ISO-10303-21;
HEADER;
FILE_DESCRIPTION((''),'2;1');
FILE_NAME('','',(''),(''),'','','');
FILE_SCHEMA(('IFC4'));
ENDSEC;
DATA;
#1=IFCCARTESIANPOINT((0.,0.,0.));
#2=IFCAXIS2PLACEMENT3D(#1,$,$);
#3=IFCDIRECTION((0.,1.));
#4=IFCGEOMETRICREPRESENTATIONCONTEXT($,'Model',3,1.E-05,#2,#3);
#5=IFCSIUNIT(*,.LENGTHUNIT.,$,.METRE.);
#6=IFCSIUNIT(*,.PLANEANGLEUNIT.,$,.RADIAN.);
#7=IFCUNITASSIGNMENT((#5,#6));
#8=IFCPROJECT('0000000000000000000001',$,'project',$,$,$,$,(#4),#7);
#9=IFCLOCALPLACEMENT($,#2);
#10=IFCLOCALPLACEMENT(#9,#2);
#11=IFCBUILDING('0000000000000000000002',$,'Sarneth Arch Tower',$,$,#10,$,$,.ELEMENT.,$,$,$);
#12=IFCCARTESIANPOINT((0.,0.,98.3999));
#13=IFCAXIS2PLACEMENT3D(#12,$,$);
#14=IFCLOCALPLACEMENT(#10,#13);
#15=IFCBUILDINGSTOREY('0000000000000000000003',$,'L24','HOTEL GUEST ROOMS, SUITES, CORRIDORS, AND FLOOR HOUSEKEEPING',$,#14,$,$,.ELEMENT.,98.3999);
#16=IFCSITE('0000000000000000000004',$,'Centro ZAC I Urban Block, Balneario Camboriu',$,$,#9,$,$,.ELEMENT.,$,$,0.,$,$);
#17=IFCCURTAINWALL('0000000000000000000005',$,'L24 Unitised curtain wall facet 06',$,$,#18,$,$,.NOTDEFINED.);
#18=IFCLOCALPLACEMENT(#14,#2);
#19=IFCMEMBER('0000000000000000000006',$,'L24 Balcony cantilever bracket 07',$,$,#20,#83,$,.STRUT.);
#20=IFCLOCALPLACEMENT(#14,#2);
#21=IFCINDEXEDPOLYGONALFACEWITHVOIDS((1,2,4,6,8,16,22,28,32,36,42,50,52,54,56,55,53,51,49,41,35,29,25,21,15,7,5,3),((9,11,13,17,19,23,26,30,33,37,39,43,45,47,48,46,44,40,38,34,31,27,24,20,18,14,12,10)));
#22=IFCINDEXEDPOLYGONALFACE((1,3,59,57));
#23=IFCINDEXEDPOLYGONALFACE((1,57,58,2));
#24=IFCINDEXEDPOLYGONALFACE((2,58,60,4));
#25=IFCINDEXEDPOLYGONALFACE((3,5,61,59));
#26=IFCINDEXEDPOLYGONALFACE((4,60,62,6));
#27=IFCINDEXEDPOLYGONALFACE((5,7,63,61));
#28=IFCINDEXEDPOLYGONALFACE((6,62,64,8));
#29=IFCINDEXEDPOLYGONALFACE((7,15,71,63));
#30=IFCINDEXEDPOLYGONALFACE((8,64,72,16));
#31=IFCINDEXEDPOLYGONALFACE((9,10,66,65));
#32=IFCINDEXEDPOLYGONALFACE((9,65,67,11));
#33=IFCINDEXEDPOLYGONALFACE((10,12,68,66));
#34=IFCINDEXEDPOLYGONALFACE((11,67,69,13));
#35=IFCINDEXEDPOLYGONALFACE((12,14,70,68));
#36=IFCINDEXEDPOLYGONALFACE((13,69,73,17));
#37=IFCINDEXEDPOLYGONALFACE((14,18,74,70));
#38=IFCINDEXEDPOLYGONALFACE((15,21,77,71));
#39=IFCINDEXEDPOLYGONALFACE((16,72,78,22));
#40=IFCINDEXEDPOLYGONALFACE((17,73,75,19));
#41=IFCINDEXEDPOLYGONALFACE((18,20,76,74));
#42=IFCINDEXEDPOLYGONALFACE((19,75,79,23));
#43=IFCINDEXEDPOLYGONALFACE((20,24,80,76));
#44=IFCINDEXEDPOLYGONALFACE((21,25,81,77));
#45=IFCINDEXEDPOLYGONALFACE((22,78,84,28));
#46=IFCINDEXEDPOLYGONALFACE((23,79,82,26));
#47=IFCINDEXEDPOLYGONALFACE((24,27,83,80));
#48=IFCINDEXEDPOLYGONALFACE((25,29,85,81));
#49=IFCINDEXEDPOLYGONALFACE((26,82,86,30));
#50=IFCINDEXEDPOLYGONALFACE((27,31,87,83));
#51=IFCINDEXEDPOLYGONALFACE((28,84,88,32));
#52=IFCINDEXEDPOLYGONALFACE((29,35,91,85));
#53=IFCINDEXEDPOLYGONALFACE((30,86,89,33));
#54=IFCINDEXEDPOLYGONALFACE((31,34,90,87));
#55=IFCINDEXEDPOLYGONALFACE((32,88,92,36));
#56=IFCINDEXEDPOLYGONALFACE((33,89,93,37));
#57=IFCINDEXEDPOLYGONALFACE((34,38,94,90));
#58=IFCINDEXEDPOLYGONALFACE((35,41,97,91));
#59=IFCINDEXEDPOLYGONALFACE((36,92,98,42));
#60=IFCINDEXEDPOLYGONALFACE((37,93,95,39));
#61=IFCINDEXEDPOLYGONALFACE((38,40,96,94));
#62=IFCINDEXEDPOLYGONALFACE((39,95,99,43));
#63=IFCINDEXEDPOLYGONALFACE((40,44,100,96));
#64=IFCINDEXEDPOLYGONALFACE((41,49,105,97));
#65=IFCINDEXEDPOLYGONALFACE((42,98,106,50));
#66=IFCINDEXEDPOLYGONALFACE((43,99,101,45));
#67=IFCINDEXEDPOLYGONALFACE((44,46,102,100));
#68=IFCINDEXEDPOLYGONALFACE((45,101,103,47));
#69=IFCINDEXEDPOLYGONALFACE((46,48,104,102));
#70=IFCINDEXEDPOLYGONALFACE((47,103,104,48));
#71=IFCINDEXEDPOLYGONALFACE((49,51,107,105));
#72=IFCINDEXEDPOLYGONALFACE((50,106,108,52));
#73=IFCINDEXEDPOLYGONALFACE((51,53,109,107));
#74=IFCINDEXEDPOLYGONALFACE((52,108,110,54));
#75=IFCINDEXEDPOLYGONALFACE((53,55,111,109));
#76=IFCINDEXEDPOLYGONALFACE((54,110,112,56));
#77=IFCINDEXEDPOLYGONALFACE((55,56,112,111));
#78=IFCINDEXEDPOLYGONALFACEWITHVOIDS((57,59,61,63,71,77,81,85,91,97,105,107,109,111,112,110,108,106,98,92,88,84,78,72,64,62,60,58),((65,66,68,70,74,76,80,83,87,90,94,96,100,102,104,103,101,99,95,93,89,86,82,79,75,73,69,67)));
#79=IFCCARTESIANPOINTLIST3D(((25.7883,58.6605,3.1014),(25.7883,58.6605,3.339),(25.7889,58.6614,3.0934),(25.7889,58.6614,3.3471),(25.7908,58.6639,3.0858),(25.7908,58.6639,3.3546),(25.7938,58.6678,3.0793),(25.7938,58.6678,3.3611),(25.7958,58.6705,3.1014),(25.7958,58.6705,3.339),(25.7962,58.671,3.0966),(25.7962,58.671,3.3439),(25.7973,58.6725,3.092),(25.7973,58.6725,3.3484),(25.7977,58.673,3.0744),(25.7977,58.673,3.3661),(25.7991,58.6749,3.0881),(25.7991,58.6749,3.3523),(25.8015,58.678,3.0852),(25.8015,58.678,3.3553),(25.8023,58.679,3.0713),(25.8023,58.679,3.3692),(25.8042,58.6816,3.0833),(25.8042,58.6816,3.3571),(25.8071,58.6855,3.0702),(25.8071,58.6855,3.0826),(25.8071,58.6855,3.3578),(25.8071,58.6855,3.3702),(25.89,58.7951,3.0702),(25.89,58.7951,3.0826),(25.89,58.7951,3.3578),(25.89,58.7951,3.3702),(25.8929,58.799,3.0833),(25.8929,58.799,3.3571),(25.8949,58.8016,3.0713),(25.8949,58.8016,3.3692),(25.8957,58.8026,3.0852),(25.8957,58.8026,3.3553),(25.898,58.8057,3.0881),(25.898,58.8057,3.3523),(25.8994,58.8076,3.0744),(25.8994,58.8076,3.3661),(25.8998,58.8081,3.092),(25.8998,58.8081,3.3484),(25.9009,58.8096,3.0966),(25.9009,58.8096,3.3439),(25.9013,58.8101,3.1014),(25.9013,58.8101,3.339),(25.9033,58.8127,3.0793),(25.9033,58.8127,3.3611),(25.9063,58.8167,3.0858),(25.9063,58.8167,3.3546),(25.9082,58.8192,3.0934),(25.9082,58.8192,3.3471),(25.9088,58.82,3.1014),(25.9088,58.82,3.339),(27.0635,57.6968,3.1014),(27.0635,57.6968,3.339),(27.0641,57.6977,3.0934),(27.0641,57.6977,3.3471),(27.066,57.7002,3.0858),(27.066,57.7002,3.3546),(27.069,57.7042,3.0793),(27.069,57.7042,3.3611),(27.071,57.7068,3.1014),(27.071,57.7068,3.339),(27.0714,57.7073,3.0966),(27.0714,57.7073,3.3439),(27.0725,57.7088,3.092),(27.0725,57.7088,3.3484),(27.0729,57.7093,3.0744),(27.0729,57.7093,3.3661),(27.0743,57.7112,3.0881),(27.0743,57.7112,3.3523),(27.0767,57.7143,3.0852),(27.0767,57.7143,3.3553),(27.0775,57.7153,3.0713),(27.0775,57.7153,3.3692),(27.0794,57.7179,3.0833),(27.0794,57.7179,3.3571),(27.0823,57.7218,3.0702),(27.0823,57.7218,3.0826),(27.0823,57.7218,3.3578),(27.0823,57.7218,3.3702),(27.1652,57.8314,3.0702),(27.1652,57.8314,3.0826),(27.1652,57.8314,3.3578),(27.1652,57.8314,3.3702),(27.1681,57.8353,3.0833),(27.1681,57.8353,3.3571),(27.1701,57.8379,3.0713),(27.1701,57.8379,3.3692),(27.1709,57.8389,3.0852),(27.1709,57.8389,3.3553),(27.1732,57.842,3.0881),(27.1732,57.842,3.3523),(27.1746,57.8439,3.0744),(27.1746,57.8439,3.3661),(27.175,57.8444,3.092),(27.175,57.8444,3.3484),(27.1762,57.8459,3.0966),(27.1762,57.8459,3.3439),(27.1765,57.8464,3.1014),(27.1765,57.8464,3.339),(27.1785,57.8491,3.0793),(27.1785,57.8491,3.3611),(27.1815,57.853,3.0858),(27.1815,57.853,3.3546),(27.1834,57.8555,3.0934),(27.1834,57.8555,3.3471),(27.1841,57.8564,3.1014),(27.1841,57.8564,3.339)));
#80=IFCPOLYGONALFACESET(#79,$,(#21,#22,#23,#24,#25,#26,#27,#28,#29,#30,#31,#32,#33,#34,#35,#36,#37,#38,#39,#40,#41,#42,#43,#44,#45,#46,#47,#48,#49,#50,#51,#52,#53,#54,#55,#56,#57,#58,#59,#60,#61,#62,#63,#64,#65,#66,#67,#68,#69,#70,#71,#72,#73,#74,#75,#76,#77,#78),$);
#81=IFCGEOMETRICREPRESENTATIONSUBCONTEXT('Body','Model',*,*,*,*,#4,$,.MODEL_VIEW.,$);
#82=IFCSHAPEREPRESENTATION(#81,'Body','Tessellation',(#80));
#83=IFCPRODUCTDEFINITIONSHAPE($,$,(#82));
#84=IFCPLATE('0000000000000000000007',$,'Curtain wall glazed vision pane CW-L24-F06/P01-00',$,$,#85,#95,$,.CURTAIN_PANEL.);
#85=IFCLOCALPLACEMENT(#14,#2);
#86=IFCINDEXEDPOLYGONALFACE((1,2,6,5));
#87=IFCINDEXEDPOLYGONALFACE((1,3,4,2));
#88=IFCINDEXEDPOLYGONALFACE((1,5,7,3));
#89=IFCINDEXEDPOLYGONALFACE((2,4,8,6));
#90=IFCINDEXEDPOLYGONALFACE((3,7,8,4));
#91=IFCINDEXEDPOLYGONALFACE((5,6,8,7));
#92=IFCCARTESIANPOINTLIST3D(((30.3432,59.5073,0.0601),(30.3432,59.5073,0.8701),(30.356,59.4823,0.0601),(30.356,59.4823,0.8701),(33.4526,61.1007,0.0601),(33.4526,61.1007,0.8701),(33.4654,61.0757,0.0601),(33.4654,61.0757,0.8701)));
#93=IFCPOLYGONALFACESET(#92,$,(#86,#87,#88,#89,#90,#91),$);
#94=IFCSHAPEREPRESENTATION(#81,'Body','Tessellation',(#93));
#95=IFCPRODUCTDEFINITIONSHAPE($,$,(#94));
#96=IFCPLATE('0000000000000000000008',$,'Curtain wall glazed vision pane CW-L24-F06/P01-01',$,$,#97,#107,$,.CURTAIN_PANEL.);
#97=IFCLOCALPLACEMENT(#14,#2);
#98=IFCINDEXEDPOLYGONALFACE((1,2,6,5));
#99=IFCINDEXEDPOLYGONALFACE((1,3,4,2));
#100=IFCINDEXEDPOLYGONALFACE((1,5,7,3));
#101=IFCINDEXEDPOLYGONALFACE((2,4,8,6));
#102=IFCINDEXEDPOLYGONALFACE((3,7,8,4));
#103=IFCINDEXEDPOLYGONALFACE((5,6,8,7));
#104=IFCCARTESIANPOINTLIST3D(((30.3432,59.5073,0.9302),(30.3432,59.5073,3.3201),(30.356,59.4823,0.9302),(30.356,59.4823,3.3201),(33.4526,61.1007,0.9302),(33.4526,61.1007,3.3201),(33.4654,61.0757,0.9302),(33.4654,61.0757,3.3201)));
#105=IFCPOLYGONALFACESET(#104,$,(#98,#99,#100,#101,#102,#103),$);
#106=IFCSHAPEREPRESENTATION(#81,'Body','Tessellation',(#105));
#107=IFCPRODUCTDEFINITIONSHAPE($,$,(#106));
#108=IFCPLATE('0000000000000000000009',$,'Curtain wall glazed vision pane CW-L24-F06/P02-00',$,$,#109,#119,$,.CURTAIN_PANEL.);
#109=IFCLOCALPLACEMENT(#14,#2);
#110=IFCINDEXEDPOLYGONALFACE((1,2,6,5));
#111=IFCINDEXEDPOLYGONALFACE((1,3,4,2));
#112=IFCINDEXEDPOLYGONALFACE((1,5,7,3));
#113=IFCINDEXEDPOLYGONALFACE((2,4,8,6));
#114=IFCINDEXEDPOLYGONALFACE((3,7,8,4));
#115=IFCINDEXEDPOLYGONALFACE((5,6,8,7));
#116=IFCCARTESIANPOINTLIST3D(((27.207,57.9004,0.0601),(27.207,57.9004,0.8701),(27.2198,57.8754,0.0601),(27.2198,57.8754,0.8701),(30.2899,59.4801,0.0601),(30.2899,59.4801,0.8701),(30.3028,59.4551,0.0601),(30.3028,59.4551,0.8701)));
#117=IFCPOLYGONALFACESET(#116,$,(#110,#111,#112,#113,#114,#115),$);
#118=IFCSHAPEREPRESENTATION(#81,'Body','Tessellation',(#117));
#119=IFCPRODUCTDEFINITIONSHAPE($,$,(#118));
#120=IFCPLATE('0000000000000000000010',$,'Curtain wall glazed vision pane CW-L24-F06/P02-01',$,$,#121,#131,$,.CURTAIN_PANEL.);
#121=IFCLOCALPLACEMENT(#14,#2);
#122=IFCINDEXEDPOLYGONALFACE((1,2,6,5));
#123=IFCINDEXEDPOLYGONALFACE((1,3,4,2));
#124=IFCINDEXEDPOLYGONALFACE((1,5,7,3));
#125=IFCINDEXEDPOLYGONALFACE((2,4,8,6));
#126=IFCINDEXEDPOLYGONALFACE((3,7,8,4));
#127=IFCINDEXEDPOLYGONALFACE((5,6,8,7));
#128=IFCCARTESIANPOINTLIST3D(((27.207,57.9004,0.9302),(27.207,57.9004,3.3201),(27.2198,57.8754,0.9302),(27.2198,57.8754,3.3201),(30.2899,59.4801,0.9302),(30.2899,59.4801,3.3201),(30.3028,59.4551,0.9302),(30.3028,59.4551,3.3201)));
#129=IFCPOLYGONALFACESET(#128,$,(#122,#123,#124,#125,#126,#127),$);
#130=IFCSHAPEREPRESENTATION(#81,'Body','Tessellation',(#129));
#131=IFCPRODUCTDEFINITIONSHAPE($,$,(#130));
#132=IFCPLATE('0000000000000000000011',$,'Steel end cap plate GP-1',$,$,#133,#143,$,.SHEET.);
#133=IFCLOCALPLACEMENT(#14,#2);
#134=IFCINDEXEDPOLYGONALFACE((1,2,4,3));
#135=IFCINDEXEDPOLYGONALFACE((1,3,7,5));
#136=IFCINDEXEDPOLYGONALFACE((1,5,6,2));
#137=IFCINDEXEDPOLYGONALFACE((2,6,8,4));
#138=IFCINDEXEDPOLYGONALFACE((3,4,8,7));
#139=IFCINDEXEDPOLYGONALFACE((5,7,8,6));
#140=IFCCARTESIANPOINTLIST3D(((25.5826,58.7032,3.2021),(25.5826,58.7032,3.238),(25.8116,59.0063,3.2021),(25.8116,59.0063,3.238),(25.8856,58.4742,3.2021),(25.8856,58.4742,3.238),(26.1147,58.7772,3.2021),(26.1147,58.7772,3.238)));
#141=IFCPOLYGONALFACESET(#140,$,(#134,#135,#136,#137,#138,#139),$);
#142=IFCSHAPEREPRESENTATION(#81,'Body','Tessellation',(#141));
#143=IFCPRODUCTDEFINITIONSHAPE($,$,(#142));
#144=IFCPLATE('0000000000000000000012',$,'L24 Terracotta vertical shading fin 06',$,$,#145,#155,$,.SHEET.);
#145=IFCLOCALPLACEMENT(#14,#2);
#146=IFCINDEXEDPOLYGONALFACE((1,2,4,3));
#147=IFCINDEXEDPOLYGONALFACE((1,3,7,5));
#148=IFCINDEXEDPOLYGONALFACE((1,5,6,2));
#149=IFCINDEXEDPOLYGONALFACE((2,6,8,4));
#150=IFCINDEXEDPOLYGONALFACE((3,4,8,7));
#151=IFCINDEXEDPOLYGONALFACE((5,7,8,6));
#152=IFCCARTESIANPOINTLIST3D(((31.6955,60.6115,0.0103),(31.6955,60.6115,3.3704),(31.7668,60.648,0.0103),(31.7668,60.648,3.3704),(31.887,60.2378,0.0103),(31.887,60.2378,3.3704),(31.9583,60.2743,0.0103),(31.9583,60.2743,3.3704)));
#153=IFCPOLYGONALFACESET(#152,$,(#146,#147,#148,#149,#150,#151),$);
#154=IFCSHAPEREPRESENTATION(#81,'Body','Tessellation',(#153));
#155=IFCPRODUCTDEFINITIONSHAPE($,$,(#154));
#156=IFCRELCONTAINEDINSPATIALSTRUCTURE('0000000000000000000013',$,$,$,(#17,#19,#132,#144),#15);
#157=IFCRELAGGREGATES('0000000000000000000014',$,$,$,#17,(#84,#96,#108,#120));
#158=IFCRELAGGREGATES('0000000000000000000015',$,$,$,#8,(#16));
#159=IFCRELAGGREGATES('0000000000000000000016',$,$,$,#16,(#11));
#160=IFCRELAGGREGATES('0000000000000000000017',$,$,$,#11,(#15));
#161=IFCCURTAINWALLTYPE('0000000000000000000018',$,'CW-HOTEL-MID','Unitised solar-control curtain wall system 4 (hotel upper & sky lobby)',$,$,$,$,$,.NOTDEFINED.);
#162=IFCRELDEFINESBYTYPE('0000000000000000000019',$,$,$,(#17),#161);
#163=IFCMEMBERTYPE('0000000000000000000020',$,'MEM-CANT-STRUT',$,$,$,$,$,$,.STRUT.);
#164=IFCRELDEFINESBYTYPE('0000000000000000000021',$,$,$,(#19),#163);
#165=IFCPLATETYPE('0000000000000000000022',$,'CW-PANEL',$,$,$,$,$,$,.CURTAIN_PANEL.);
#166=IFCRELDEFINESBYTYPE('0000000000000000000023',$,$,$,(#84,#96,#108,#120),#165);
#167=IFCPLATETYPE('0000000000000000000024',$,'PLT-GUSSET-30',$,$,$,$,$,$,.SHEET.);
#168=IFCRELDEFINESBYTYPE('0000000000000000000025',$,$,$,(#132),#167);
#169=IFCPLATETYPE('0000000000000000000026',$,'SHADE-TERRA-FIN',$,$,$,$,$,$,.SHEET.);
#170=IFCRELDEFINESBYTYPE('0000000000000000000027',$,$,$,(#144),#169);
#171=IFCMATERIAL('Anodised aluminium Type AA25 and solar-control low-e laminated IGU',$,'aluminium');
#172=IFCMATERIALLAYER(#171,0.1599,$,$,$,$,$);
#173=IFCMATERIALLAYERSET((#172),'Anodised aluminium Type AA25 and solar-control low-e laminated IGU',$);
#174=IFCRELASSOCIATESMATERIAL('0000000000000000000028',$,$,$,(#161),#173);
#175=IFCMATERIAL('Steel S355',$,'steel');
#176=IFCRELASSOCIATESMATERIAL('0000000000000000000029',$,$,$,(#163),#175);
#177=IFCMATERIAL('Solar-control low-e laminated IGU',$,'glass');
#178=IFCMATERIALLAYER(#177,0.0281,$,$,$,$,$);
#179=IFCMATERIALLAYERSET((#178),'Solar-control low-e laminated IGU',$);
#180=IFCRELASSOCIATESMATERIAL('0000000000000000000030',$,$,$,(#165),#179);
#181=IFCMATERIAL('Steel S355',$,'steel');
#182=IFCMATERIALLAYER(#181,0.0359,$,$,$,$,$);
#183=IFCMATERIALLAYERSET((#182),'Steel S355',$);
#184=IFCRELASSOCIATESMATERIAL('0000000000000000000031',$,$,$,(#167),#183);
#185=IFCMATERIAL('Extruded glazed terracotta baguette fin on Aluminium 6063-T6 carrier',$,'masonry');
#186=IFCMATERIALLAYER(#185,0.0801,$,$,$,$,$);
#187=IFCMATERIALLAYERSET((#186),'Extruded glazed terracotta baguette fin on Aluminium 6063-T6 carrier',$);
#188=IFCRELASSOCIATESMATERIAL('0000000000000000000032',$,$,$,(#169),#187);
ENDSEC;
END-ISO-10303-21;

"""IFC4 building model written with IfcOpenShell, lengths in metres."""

from ifc_helpers import new_model, si_unit, direction, frame, origin, origin_2d, place, context, subcontext, project, spatial, rectangle, hollow_rectangle, extrude, material, layer, layer_set, material_profile, profile_set, type_object, element, aggregate, save


model = new_model("IFC4")

# Units and contexts
model_context = context("Model", 3, precision=1e-05, world=origin(), true_north=direction((0.0, 1.0)))
body_context = subcontext(model_context, "Body", "Model", "MODEL_VIEW")
ifc_project = project(units=[si_unit("LENGTHUNIT", "METRE"), si_unit("PLANEANGLEUNIT", "RADIAN")], contexts=[model_context])

# Site, building, storey
site_placement = place(None, origin())
site = spatial("IfcSite", under=ifc_project, at=site_placement, Name="Centro ZAC I Urban Block, Balneario Camboriu", CompositionType="ELEMENT", RefElevation=0.0)
building_placement = place(site_placement, origin())
building = spatial("IfcBuilding", under=site, at=building_placement, Name="Sarneth Arch Tower", CompositionType="ELEMENT")
storey_placement = place(building_placement, frame((0.0, 0.0, 98.3999)))
storey = spatial("IfcBuildingStorey", under=building, at=storey_placement, Name="L24", Description="HOTEL GUEST ROOMS, SUITES, CORRIDORS, AND FLOOR HOUSEKEEPING", CompositionType="ELEMENT", Elevation=98.3999)

# Curtain wall
ifc_material_1 = material(Name="Anodised aluminium Type AA25 and solar-control low-e laminated IGU", Category="aluminium")
ifc_layer_1 = layer(ifc_material_1, 0.1599)
ifc_layer_set_1 = layer_set([ifc_layer_1], Name="Anodised aluminium Type AA25 and solar-control low-e laminated IGU")
curtain_wall_type = type_object("IfcCurtainWallType", Name="CW-HOTEL-MID", Description="Unitised solar-control curtain wall system 4 (hotel upper & sky lobby)", PredefinedType="NOTDEFINED", material=ifc_layer_set_1)
curtain_wall_placement = place(storey_placement, origin())
curtain_wall = element("IfcCurtainWall", 1, at=curtain_wall_placement, inside=storey, type_object=curtain_wall_type, Name="L24 Unitised curtain wall facet 06", PredefinedType="NOTDEFINED")

# Member
ifc_material_2 = material(Name="Steel S355", Category="steel")
ifc_material_profile_1 = material_profile(ifc_material_2, hollow_rectangle(XDim=0.2, YDim=0.3, WallThickness=0.0125, InnerFilletRadius=0.0188, OuterFilletRadius=0.0312, at=origin_2d()), Name="RHS300x200x12.5")
ifc_profile_set_1 = profile_set([ifc_material_profile_1], Name="Steel S355")
member_type_1 = type_object("IfcMemberType", Name="MEM-CANT-STRUT", PredefinedType="STRUT", material=ifc_profile_set_1)
member_1_placement = place(storey_placement, frame((27.1238, 57.7766, 3.2202), z_axis=(-0.797813, 0.602904, 0.0), x_axis=(-0.602904, -0.797813, 0.0)))
element("IfcMember", 2, at=member_1_placement, inside=storey, type_object=member_type_1, Name="L24 Balcony cantilever bracket 07", PredefinedType="STRUT", context=body_context, shape_type="SweptSolid", body=[
    extrude(hollow_rectangle(XDim=0.2, YDim=0.3, WallThickness=0.0125, InnerFilletRadius=0.0188, OuterFilletRadius=0.0312, at=origin_2d()), origin(), (0.0, 0.0, 1.0), 1.5984),
])

# Plates
ifc_material_3 = material(Name="Solar-control low-e laminated IGU", Category="glass")
ifc_layer_2 = layer(ifc_material_3, 0.0281)
ifc_layer_set_2 = layer_set([ifc_layer_2], Name="Solar-control low-e laminated IGU")
plate_type_1 = type_object("IfcPlateType", Name="CW-PANEL", PredefinedType="CURTAIN_PANEL", material=ifc_layer_set_2)
plate_1_placement = place(storey_placement, frame((31.9043, 60.2915, 0.0601), z_axis=(0.0, 0.0, 1.0), x_axis=(-0.889964, -0.456031, 0.0)))
plate_1 = element("IfcPlate", 3, at=plate_1_placement, type_object=plate_type_1, Name="Curtain wall glazed vision pane CW-L24-F06/P01-00", PredefinedType="CURTAIN_PANEL", context=body_context, shape_type="SweptSolid", body=[
    extrude(rectangle(XDim=3.4939, YDim=0.0281, at=origin_2d()), origin(), (0.0, 0.0, 1.0), 0.8101),
])
plate_2_placement = place(storey_placement, frame((31.9043, 60.2915, 0.9302), z_axis=(0.0, 0.0, 1.0), x_axis=(-0.889964, -0.456031, 0.0)))
plate_2 = element("IfcPlate", 4, at=plate_2_placement, type_object=plate_type_1, Name="Curtain wall glazed vision pane CW-L24-F06/P01-01", PredefinedType="CURTAIN_PANEL", context=body_context, shape_type="SweptSolid", body=[
    extrude(rectangle(XDim=3.4939, YDim=0.0281, at=origin_2d()), origin(), (0.0, 0.0, 1.0), 2.3899),
])
plate_3_placement = place(storey_placement, frame((28.7549, 58.6777, 0.0601), z_axis=(0.0, 0.0, 1.0), x_axis=(-0.889964, -0.456031, 0.0)))
plate_3 = element("IfcPlate", 5, at=plate_3_placement, type_object=plate_type_1, Name="Curtain wall glazed vision pane CW-L24-F06/P02-00", PredefinedType="CURTAIN_PANEL", context=body_context, shape_type="SweptSolid", body=[
    extrude(rectangle(XDim=3.4641, YDim=0.0281, at=origin_2d()), origin(), (0.0, 0.0, 1.0), 0.8101),
])
plate_4_placement = place(storey_placement, frame((28.7549, 58.6777, 0.9302), z_axis=(0.0, 0.0, 1.0), x_axis=(-0.889964, -0.456031, 0.0)))
plate_4 = element("IfcPlate", 6, at=plate_4_placement, type_object=plate_type_1, Name="Curtain wall glazed vision pane CW-L24-F06/P02-01", PredefinedType="CURTAIN_PANEL", context=body_context, shape_type="SweptSolid", body=[
    extrude(rectangle(XDim=3.4641, YDim=0.0281, at=origin_2d()), origin(), (0.0, 0.0, 1.0), 2.3899),
])
aggregate(curtain_wall, [plate_1, plate_2, plate_3, plate_4])

# Plates
ifc_material_4 = material(Name="Steel S355", Category="steel")
ifc_layer_3 = layer(ifc_material_4, 0.0359)
ifc_layer_set_3 = layer_set([ifc_layer_3], Name="Steel S355")
plate_type_2 = type_object("IfcPlateType", Name="PLT-GUSSET-30", PredefinedType="SHEET", material=ifc_layer_set_3)
plate_5_placement = place(storey_placement, frame((25.8486, 58.7402, 3.2021), z_axis=(0.0, 0.0, 1.0), x_axis=(-0.797794, 0.60293, 0.0)))
element("IfcPlate", 7, at=plate_5_placement, inside=storey, type_object=plate_type_2, Name="Steel end cap plate GP-1", PredefinedType="SHEET", context=body_context, shape_type="SweptSolid", body=[
    extrude(rectangle(XDim=0.3799, YDim=0.3799, at=origin_2d()), origin(), (0.0, 0.0, 1.0), 0.0359),
])
ifc_material_5 = material(Name="Extruded glazed terracotta baguette fin on Aluminium 6063-T6 carrier", Category="masonry")
ifc_layer_4 = layer(ifc_material_5, 0.0801)
ifc_layer_set_4 = layer_set([ifc_layer_4], Name="Extruded glazed terracotta baguette fin on Aluminium 6063-T6 carrier")
plate_type_3 = type_object("IfcPlateType", Name="SHADE-TERRA-FIN", PredefinedType="SHEET", material=ifc_layer_set_4)
plate_6_placement = place(storey_placement, frame((31.8269, 60.4429, 0.0103), z_axis=(0.0, 0.0, 1.0), x_axis=(-0.456011, 0.889974, 0.0)))
element("IfcPlate", 8, at=plate_6_placement, inside=storey, type_object=plate_type_3, Name="L24 Terracotta vertical shading fin 06", PredefinedType="SHEET", context=body_context, shape_type="SweptSolid", body=[
    extrude(rectangle(XDim=0.4199, YDim=0.0801, at=origin_2d()), origin(), (0.0, 0.0, 1.0), 3.3601),
])

save(model, "model.ifc")
